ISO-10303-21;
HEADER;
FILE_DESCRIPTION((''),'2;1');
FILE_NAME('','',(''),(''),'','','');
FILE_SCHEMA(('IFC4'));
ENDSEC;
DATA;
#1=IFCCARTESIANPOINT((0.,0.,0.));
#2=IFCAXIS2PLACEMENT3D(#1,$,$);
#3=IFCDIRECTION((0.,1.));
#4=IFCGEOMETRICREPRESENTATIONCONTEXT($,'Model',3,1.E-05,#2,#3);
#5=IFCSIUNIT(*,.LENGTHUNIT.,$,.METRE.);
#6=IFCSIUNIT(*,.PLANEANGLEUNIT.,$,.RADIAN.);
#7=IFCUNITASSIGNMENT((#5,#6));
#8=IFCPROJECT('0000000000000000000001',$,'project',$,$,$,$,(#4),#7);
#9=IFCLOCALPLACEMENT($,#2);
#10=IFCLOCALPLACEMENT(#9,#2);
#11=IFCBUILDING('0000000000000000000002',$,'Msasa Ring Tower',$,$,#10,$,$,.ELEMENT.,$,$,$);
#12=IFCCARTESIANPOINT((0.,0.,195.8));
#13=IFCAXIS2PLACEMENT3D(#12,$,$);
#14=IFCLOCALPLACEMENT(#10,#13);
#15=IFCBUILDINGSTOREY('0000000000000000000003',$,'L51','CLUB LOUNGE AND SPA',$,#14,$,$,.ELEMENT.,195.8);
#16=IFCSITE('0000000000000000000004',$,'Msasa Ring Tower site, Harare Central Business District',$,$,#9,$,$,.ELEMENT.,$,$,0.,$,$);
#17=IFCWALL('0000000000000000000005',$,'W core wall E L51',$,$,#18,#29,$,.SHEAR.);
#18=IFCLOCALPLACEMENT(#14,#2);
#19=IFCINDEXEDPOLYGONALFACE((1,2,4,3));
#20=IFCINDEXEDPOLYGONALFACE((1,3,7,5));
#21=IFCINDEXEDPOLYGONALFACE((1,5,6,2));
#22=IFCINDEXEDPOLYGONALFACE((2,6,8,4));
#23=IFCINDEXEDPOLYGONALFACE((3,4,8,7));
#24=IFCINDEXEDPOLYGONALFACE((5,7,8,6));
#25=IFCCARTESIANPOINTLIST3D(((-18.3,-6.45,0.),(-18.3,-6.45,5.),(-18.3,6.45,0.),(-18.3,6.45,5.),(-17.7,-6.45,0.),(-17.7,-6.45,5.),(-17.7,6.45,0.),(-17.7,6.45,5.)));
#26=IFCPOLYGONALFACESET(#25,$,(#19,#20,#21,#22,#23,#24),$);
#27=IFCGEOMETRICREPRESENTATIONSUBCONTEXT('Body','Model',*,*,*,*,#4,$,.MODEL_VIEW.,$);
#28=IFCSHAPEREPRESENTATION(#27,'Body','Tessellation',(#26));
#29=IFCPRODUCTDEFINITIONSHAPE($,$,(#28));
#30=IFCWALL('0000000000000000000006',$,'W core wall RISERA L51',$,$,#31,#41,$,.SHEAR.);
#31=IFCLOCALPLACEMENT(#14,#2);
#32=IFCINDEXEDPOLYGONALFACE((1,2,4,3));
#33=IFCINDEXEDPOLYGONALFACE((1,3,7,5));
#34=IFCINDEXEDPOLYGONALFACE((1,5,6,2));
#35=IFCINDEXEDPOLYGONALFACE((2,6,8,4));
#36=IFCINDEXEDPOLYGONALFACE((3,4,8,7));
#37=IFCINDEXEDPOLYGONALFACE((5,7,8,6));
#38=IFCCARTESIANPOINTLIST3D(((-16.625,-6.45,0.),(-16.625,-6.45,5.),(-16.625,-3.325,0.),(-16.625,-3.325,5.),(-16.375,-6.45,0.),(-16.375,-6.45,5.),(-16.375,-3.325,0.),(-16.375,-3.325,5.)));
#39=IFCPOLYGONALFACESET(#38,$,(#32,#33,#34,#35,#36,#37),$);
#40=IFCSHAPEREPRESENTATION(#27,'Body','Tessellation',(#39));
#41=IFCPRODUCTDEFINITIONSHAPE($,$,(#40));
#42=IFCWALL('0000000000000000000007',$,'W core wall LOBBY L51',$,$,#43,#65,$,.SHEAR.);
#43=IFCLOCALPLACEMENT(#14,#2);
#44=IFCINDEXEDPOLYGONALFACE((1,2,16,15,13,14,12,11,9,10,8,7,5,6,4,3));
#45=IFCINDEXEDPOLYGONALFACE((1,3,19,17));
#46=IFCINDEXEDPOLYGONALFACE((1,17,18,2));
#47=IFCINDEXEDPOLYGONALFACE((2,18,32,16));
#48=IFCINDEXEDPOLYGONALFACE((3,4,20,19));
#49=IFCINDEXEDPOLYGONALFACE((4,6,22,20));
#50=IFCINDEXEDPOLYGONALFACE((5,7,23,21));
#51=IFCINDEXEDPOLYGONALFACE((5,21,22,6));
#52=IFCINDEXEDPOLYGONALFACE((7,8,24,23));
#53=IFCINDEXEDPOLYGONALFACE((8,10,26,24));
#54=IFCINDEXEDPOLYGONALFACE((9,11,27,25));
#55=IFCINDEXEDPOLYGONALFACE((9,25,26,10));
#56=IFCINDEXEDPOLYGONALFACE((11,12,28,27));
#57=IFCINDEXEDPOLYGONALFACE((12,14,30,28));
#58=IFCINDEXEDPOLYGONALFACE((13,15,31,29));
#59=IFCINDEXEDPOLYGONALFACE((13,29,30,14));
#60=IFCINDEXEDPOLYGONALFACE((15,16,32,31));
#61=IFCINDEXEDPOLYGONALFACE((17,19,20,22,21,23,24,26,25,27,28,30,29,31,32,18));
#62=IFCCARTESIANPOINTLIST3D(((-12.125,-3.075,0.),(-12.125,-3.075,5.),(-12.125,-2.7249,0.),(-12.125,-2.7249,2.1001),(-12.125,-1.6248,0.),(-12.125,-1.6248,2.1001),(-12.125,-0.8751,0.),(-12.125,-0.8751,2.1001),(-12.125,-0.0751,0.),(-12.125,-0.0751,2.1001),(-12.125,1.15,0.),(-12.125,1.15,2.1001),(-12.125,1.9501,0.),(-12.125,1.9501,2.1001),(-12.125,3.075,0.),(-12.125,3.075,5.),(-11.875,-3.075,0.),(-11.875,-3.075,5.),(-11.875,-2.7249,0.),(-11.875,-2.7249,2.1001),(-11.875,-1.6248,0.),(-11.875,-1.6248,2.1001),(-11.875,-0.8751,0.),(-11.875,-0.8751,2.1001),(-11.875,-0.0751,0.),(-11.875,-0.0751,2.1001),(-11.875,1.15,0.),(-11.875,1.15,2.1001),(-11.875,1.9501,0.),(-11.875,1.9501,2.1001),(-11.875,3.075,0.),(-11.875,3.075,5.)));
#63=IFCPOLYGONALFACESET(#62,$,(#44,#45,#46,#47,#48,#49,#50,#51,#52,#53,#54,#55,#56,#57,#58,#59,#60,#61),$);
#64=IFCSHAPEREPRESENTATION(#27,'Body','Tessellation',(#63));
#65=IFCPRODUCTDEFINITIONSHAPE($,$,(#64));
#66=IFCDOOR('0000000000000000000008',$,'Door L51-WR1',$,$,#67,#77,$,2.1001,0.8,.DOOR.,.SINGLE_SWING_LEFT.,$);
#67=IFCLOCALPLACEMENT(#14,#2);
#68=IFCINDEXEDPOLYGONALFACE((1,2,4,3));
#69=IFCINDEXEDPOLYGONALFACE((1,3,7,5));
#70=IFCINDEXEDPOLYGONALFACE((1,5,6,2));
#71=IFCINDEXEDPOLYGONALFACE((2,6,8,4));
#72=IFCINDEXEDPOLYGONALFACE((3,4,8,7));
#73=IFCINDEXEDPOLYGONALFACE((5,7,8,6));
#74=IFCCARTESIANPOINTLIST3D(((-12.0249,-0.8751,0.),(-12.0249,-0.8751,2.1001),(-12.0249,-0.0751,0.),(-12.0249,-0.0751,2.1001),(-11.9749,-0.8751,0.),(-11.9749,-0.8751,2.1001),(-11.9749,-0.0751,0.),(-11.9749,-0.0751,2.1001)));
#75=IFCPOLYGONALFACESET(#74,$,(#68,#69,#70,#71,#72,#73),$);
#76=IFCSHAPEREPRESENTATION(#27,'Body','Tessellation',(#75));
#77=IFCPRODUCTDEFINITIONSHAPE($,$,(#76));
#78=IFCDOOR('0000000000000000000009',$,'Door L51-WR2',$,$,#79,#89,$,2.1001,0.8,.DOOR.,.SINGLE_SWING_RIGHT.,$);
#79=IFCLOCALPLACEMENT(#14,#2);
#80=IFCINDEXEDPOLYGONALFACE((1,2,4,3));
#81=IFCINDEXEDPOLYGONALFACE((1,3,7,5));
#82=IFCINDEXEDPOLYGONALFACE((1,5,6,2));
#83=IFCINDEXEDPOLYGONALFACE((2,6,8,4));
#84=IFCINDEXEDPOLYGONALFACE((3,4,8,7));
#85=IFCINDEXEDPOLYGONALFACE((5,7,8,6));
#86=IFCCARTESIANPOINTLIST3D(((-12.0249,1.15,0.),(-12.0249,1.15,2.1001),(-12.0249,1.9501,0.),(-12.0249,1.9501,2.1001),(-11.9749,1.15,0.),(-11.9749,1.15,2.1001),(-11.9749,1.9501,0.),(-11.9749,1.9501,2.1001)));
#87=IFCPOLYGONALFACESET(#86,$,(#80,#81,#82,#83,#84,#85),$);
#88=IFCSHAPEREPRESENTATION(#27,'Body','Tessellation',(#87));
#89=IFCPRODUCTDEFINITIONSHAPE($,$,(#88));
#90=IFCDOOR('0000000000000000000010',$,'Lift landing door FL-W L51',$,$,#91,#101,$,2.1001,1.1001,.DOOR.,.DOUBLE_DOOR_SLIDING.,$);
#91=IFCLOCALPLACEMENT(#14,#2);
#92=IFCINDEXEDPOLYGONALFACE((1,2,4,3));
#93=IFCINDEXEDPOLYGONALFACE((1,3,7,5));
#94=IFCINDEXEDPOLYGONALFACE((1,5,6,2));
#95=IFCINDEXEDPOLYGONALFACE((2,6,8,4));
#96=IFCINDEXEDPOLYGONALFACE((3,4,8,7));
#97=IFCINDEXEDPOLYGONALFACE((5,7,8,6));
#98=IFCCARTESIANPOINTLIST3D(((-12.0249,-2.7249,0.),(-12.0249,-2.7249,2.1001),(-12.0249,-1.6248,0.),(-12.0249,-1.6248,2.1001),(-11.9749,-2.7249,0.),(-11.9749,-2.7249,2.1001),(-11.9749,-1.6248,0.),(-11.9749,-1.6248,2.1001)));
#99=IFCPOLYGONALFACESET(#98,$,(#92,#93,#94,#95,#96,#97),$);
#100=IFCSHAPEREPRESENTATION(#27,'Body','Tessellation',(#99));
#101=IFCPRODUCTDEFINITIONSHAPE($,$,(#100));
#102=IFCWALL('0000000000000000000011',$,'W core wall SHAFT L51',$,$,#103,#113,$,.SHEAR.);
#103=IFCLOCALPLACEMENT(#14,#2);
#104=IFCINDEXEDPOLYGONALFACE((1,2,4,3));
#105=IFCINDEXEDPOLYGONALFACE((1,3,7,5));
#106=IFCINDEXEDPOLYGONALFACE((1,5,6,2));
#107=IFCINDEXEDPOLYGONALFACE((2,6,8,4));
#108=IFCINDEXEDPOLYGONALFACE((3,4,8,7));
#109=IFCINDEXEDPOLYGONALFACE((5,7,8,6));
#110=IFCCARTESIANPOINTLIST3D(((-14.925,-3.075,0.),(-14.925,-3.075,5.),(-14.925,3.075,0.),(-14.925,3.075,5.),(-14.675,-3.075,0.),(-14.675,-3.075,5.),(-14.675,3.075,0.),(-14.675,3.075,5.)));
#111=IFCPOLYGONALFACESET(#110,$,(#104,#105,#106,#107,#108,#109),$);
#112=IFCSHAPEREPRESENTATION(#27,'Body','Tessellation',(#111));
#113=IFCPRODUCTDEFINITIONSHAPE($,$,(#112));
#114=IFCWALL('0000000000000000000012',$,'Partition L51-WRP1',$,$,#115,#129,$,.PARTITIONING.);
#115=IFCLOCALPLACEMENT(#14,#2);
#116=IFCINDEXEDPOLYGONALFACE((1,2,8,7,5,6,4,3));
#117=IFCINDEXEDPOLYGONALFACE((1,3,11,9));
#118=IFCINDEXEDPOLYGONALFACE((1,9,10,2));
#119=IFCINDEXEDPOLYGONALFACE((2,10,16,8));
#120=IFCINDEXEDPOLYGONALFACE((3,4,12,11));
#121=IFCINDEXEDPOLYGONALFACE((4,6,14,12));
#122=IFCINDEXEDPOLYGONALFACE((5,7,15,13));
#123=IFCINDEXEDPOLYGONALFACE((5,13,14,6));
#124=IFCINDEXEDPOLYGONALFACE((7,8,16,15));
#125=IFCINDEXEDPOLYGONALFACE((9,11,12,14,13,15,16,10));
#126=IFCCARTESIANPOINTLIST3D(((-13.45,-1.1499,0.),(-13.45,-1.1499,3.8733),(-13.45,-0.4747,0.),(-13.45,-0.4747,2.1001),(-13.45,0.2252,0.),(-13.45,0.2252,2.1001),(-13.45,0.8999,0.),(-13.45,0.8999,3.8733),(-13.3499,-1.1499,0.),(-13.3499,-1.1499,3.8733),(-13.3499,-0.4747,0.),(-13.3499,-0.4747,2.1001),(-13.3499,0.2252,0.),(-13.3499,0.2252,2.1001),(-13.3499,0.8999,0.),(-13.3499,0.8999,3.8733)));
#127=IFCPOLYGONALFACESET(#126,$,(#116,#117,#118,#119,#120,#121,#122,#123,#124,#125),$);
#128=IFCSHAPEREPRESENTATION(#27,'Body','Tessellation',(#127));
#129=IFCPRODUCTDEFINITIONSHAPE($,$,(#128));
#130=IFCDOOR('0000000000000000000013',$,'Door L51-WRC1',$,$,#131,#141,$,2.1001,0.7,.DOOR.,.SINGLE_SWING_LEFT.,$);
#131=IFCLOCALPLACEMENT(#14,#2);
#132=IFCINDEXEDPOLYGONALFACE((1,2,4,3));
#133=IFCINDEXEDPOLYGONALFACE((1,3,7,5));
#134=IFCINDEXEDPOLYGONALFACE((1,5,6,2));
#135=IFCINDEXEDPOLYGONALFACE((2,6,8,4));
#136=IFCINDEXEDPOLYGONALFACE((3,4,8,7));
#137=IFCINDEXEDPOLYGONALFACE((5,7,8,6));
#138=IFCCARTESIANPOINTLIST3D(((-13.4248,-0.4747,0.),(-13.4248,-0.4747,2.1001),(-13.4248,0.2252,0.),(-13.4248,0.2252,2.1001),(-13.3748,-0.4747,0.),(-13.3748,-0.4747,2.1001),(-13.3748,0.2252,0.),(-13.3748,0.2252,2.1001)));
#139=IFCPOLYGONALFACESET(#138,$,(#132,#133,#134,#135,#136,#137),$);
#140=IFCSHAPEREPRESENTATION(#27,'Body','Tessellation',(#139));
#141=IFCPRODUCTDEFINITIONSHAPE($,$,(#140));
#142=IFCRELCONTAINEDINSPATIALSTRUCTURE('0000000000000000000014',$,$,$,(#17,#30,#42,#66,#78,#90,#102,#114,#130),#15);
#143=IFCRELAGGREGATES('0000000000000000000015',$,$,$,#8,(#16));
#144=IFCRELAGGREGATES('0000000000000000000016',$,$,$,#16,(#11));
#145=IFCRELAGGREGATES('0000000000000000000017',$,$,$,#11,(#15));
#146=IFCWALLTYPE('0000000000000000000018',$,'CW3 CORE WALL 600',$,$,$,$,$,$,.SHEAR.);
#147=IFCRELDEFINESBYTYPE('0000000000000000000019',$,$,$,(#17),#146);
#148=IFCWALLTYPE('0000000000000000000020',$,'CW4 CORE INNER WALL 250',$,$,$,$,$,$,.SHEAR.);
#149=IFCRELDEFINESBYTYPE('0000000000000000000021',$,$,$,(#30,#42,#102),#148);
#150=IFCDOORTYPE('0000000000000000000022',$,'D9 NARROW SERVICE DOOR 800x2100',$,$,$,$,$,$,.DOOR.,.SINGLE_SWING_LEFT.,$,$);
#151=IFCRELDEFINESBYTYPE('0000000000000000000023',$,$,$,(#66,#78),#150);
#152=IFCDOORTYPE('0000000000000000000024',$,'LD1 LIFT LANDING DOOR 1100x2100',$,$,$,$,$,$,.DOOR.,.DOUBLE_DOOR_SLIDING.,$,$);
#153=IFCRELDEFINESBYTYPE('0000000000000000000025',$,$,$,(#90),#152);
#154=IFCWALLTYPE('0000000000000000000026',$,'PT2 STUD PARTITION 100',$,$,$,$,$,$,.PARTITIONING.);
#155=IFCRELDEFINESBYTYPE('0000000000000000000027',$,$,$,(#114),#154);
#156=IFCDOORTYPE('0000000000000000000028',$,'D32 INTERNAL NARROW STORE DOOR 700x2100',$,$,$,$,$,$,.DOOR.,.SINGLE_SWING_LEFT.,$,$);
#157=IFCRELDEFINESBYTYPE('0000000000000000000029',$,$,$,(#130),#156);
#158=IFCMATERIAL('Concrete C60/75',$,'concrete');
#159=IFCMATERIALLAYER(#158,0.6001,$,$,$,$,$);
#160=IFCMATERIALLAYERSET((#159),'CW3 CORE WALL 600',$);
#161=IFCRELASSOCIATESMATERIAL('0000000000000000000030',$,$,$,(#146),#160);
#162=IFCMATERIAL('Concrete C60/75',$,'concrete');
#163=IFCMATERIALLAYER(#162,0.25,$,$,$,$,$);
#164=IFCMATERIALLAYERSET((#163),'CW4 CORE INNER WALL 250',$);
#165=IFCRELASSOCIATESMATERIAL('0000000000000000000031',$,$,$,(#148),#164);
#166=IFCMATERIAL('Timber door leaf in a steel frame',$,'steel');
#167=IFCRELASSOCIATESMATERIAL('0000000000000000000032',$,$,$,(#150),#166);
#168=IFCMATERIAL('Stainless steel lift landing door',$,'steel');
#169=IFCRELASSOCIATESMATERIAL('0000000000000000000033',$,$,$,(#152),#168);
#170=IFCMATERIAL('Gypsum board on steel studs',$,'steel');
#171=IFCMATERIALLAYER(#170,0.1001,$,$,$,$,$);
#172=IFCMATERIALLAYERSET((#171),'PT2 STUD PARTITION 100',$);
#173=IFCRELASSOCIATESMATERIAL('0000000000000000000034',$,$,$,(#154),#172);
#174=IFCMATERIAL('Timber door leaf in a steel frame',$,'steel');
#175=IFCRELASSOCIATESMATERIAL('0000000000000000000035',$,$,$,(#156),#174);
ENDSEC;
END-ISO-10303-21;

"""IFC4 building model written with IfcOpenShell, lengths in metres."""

from ifc_helpers import new_model, si_unit, direction, frame, frame_2d, origin, place, context, subcontext, project, spatial, rectangle, extrude, material, layer, layer_set, type_object, element, fill, save


model = new_model("IFC4")

# Units and contexts
model_context = context("Model", 3, precision=1e-05, world=origin(), true_north=direction((0.0, 1.0)))
body_context = subcontext(model_context, "Body", "Model", "MODEL_VIEW")
ifc_project = project(units=[si_unit("LENGTHUNIT", "METRE"), si_unit("PLANEANGLEUNIT", "RADIAN")], contexts=[model_context])

# Site, building, storey
site_placement = place(None, origin())
site = spatial("IfcSite", under=ifc_project, at=site_placement, Name="Msasa Ring Tower site, Harare Central Business District", CompositionType="ELEMENT", RefElevation=0.0)
building_placement = place(site_placement, origin())
building = spatial("IfcBuilding", under=site, at=building_placement, Name="Msasa Ring Tower", CompositionType="ELEMENT")
storey_placement = place(building_placement, frame((0.0, 0.0, 195.8)))
storey = spatial("IfcBuildingStorey", under=building, at=storey_placement, Name="L51", Description="CLUB LOUNGE AND SPA", CompositionType="ELEMENT", Elevation=195.8)

# Walls
ifc_material_1 = material(Name="Concrete C60/75", Category="concrete")
ifc_layer_1 = layer(ifc_material_1, 0.6001)
ifc_layer_set_1 = layer_set([ifc_layer_1], Name="CW3 CORE WALL 600")
wall_type_1 = type_object("IfcWallType", Name="CW3 CORE WALL 600", PredefinedType="SHEAR", material=ifc_layer_set_1)
wall_1_placement = place(storey_placement, frame((-18.0, -6.45, 0.0), z_axis=(0.0, 0.0, 1.0), x_axis=(0.0, 1.0, 0.0)))
element("IfcWall", 1, at=wall_1_placement, inside=storey, type_object=wall_type_1, Name="W core wall E L51", PredefinedType="SHEAR", context=body_context, shape_type="SweptSolid", body=[
    extrude(rectangle(XDim=12.8999, YDim=0.6001, at=frame_2d((6.45, 0.0))), origin(), (0.0, 0.0, 1.0), 5.0),
])
ifc_material_2 = material(Name="Concrete C60/75", Category="concrete")
ifc_layer_2 = layer(ifc_material_2, 0.25)
ifc_layer_set_2 = layer_set([ifc_layer_2], Name="CW4 CORE INNER WALL 250")
wall_type_2 = type_object("IfcWallType", Name="CW4 CORE INNER WALL 250", PredefinedType="SHEAR", material=ifc_layer_set_2)
wall_2_placement = place(storey_placement, frame((-16.5, -6.45, 0.0), z_axis=(0.0, 0.0, 1.0), x_axis=(0.0, 1.0, 0.0)))
element("IfcWall", 2, at=wall_2_placement, inside=storey, type_object=wall_type_2, Name="W core wall RISERA L51", PredefinedType="SHEAR", context=body_context, shape_type="SweptSolid", body=[
    extrude(rectangle(XDim=3.125, YDim=0.25, at=frame_2d((1.5625, 0.0))), origin(), (0.0, 0.0, 1.0), 5.0),
])

# Wall, openings, doors
wall_3_placement = place(storey_placement, frame((-12.0, -3.075, 0.0), z_axis=(0.0, 0.0, 1.0), x_axis=(0.0, 1.0, 0.0)))
wall_3 = element("IfcWall", 3, at=wall_3_placement, inside=storey, type_object=wall_type_2, Name="W core wall LOBBY L51", PredefinedType="SHEAR", context=body_context, shape_type="SweptSolid", body=[
    extrude(rectangle(XDim=6.1499, YDim=0.25, at=frame_2d((3.075, 0.0))), origin(), (0.0, 0.0, 1.0), 5.0),
])
opening_1_placement = place(wall_3_placement, frame((2.2, 0.0, 0.0)))
opening_1 = element("IfcOpeningElement", 4, at=opening_1_placement, cuts=wall_3, PredefinedType="OPENING", context=body_context, shape_type="SweptSolid", body=[
    extrude(rectangle(XDim=0.8, YDim=2.1001, at=frame_2d((0.3999, 1.05))), frame((0.0, 0.135, 0.0), z_axis=(0.0, -1.0, 0.0), x_axis=(1.0, 0.0, 0.0)), (0.0, 0.0, 1.0), 0.27),
])
opening_2_placement = place(wall_3_placement, frame((4.2251, 0.0, 0.0)))
opening_2 = element("IfcOpeningElement", 5, at=opening_2_placement, cuts=wall_3, PredefinedType="OPENING", context=body_context, shape_type="SweptSolid", body=[
    extrude(rectangle(XDim=0.8, YDim=2.1001, at=frame_2d((0.3999, 1.05))), frame((0.0, 0.135, 0.0), z_axis=(0.0, -1.0, 0.0), x_axis=(1.0, 0.0, 0.0)), (0.0, 0.0, 1.0), 0.27),
])
opening_3_placement = place(wall_3_placement, frame((0.3501, 0.0, 0.0)))
opening_3 = element("IfcOpeningElement", 6, at=opening_3_placement, cuts=wall_3, PredefinedType="OPENING", context=body_context, shape_type="SweptSolid", body=[
    extrude(rectangle(XDim=1.1001, YDim=2.1001, at=frame_2d((0.55, 1.05))), frame((0.0, 0.135, 0.0), z_axis=(0.0, -1.0, 0.0), x_axis=(1.0, 0.0, 0.0)), (0.0, 0.0, 1.0), 0.27),
])
ifc_material_3 = material(Name="Timber door leaf in a steel frame", Category="steel")
door_type_1 = type_object("IfcDoorType", Name="D9 NARROW SERVICE DOOR 800x2100", OperationType="SINGLE_SWING_LEFT", PredefinedType="DOOR", material=ifc_material_3)
door_1_placement = place(opening_1_placement, origin())
door_1 = element("IfcDoor", 7, at=door_1_placement, inside=storey, type_object=door_type_1, Name="Door L51-WR1", OperationType="SINGLE_SWING_LEFT", OverallHeight=2.1001, OverallWidth=0.8, PredefinedType="DOOR", context=body_context, shape_type="SweptSolid", body=[
    extrude(rectangle(XDim=0.8, YDim=2.1001, at=frame_2d((0.3999, 1.05))), frame((0.0, 0.0249, 0.0), z_axis=(0.0, -1.0, 0.0), x_axis=(1.0, 0.0, 0.0)), (0.0, 0.0, 1.0), 0.05),
])
fill(opening_1, door_1)
door_2_placement = place(opening_2_placement, origin())
door_2 = element("IfcDoor", 8, at=door_2_placement, inside=storey, type_object=door_type_1, Name="Door L51-WR2", OperationType="SINGLE_SWING_RIGHT", OverallHeight=2.1001, OverallWidth=0.8, PredefinedType="DOOR", context=body_context, shape_type="SweptSolid", body=[
    extrude(rectangle(XDim=0.8, YDim=2.1001, at=frame_2d((0.3999, 1.05))), frame((0.0, 0.0249, 0.0), z_axis=(0.0, -1.0, 0.0), x_axis=(1.0, 0.0, 0.0)), (0.0, 0.0, 1.0), 0.05),
])
fill(opening_2, door_2)
ifc_material_4 = material(Name="Stainless steel lift landing door", Category="steel")
door_type_2 = type_object("IfcDoorType", Name="LD1 LIFT LANDING DOOR 1100x2100", OperationType="DOUBLE_DOOR_SLIDING", PredefinedType="DOOR", material=ifc_material_4)
door_3_placement = place(opening_3_placement, origin())
door_3 = element("IfcDoor", 9, at=door_3_placement, inside=storey, type_object=door_type_2, Name="Lift landing door FL-W L51", OperationType="DOUBLE_DOOR_SLIDING", OverallHeight=2.1001, OverallWidth=1.1001, PredefinedType="DOOR", context=body_context, shape_type="SweptSolid", body=[
    extrude(rectangle(XDim=1.1001, YDim=2.1001, at=frame_2d((0.55, 1.05))), frame((0.0, 0.0249, 0.0), z_axis=(0.0, -1.0, 0.0), x_axis=(1.0, 0.0, 0.0)), (0.0, 0.0, 1.0), 0.05),
])
fill(opening_3, door_3)

# Wall
wall_4_placement = place(storey_placement, frame((-14.8, -3.075, 0.0), z_axis=(0.0, 0.0, 1.0), x_axis=(0.0, 1.0, 0.0)))
element("IfcWall", 10, at=wall_4_placement, inside=storey, type_object=wall_type_2, Name="W core wall SHAFT L51", PredefinedType="SHEAR", context=body_context, shape_type="SweptSolid", body=[
    extrude(rectangle(XDim=6.1499, YDim=0.25, at=frame_2d((3.075, 0.0))), origin(), (0.0, 0.0, 1.0), 5.0),
])

# Wall, opening, door
ifc_material_5 = material(Name="Gypsum board on steel studs", Category="steel")
ifc_layer_3 = layer(ifc_material_5, 0.1001)
ifc_layer_set_3 = layer_set([ifc_layer_3], Name="PT2 STUD PARTITION 100")
wall_type_3 = type_object("IfcWallType", Name="PT2 STUD PARTITION 100", PredefinedType="PARTITIONING", material=ifc_layer_set_3)
wall_5_placement = place(storey_placement, frame((-13.3999, -1.1499, 0.0), z_axis=(0.0, 0.0, 1.0), x_axis=(0.0, 1.0, 0.0)))
wall_5 = element("IfcWall", 11, at=wall_5_placement, inside=storey, type_object=wall_type_3, Name="Partition L51-WRP1", PredefinedType="PARTITIONING", context=body_context, shape_type="SweptSolid", body=[
    extrude(rectangle(XDim=2.0498, YDim=0.1001, at=frame_2d((1.0249, 0.0))), origin(), (0.0, 0.0, 1.0), 3.8733),
])
opening_4_placement = place(wall_5_placement, frame((0.675, 0.0, 0.0)))
opening_4 = element("IfcOpeningElement", 12, at=opening_4_placement, cuts=wall_5, PredefinedType="OPENING", context=body_context, shape_type="SweptSolid", body=[
    extrude(rectangle(XDim=0.7, YDim=2.1001, at=frame_2d((0.3501, 1.05))), frame((0.0, 0.0601, 0.0), z_axis=(0.0, -1.0, 0.0), x_axis=(1.0, 0.0, 0.0)), (0.0, 0.0, 1.0), 0.1201),
])
ifc_material_6 = material(Name="Timber door leaf in a steel frame", Category="steel")
door_type_3 = type_object("IfcDoorType", Name="D32 INTERNAL NARROW STORE DOOR 700x2100", OperationType="SINGLE_SWING_LEFT", PredefinedType="DOOR", material=ifc_material_6)
door_4_placement = place(opening_4_placement, origin())
door_4 = element("IfcDoor", 13, at=door_4_placement, inside=storey, type_object=door_type_3, Name="Door L51-WRC1", OperationType="SINGLE_SWING_LEFT", OverallHeight=2.1001, OverallWidth=0.7, PredefinedType="DOOR", context=body_context, shape_type="SweptSolid", body=[
    extrude(rectangle(XDim=0.7, YDim=2.1001, at=frame_2d((0.3501, 1.05))), frame((0.0, 0.0249, 0.0), z_axis=(0.0, -1.0, 0.0), x_axis=(1.0, 0.0, 0.0)), (0.0, 0.0, 1.0), 0.05),
])
fill(opening_4, door_4)

save(model, "model.ifc")
